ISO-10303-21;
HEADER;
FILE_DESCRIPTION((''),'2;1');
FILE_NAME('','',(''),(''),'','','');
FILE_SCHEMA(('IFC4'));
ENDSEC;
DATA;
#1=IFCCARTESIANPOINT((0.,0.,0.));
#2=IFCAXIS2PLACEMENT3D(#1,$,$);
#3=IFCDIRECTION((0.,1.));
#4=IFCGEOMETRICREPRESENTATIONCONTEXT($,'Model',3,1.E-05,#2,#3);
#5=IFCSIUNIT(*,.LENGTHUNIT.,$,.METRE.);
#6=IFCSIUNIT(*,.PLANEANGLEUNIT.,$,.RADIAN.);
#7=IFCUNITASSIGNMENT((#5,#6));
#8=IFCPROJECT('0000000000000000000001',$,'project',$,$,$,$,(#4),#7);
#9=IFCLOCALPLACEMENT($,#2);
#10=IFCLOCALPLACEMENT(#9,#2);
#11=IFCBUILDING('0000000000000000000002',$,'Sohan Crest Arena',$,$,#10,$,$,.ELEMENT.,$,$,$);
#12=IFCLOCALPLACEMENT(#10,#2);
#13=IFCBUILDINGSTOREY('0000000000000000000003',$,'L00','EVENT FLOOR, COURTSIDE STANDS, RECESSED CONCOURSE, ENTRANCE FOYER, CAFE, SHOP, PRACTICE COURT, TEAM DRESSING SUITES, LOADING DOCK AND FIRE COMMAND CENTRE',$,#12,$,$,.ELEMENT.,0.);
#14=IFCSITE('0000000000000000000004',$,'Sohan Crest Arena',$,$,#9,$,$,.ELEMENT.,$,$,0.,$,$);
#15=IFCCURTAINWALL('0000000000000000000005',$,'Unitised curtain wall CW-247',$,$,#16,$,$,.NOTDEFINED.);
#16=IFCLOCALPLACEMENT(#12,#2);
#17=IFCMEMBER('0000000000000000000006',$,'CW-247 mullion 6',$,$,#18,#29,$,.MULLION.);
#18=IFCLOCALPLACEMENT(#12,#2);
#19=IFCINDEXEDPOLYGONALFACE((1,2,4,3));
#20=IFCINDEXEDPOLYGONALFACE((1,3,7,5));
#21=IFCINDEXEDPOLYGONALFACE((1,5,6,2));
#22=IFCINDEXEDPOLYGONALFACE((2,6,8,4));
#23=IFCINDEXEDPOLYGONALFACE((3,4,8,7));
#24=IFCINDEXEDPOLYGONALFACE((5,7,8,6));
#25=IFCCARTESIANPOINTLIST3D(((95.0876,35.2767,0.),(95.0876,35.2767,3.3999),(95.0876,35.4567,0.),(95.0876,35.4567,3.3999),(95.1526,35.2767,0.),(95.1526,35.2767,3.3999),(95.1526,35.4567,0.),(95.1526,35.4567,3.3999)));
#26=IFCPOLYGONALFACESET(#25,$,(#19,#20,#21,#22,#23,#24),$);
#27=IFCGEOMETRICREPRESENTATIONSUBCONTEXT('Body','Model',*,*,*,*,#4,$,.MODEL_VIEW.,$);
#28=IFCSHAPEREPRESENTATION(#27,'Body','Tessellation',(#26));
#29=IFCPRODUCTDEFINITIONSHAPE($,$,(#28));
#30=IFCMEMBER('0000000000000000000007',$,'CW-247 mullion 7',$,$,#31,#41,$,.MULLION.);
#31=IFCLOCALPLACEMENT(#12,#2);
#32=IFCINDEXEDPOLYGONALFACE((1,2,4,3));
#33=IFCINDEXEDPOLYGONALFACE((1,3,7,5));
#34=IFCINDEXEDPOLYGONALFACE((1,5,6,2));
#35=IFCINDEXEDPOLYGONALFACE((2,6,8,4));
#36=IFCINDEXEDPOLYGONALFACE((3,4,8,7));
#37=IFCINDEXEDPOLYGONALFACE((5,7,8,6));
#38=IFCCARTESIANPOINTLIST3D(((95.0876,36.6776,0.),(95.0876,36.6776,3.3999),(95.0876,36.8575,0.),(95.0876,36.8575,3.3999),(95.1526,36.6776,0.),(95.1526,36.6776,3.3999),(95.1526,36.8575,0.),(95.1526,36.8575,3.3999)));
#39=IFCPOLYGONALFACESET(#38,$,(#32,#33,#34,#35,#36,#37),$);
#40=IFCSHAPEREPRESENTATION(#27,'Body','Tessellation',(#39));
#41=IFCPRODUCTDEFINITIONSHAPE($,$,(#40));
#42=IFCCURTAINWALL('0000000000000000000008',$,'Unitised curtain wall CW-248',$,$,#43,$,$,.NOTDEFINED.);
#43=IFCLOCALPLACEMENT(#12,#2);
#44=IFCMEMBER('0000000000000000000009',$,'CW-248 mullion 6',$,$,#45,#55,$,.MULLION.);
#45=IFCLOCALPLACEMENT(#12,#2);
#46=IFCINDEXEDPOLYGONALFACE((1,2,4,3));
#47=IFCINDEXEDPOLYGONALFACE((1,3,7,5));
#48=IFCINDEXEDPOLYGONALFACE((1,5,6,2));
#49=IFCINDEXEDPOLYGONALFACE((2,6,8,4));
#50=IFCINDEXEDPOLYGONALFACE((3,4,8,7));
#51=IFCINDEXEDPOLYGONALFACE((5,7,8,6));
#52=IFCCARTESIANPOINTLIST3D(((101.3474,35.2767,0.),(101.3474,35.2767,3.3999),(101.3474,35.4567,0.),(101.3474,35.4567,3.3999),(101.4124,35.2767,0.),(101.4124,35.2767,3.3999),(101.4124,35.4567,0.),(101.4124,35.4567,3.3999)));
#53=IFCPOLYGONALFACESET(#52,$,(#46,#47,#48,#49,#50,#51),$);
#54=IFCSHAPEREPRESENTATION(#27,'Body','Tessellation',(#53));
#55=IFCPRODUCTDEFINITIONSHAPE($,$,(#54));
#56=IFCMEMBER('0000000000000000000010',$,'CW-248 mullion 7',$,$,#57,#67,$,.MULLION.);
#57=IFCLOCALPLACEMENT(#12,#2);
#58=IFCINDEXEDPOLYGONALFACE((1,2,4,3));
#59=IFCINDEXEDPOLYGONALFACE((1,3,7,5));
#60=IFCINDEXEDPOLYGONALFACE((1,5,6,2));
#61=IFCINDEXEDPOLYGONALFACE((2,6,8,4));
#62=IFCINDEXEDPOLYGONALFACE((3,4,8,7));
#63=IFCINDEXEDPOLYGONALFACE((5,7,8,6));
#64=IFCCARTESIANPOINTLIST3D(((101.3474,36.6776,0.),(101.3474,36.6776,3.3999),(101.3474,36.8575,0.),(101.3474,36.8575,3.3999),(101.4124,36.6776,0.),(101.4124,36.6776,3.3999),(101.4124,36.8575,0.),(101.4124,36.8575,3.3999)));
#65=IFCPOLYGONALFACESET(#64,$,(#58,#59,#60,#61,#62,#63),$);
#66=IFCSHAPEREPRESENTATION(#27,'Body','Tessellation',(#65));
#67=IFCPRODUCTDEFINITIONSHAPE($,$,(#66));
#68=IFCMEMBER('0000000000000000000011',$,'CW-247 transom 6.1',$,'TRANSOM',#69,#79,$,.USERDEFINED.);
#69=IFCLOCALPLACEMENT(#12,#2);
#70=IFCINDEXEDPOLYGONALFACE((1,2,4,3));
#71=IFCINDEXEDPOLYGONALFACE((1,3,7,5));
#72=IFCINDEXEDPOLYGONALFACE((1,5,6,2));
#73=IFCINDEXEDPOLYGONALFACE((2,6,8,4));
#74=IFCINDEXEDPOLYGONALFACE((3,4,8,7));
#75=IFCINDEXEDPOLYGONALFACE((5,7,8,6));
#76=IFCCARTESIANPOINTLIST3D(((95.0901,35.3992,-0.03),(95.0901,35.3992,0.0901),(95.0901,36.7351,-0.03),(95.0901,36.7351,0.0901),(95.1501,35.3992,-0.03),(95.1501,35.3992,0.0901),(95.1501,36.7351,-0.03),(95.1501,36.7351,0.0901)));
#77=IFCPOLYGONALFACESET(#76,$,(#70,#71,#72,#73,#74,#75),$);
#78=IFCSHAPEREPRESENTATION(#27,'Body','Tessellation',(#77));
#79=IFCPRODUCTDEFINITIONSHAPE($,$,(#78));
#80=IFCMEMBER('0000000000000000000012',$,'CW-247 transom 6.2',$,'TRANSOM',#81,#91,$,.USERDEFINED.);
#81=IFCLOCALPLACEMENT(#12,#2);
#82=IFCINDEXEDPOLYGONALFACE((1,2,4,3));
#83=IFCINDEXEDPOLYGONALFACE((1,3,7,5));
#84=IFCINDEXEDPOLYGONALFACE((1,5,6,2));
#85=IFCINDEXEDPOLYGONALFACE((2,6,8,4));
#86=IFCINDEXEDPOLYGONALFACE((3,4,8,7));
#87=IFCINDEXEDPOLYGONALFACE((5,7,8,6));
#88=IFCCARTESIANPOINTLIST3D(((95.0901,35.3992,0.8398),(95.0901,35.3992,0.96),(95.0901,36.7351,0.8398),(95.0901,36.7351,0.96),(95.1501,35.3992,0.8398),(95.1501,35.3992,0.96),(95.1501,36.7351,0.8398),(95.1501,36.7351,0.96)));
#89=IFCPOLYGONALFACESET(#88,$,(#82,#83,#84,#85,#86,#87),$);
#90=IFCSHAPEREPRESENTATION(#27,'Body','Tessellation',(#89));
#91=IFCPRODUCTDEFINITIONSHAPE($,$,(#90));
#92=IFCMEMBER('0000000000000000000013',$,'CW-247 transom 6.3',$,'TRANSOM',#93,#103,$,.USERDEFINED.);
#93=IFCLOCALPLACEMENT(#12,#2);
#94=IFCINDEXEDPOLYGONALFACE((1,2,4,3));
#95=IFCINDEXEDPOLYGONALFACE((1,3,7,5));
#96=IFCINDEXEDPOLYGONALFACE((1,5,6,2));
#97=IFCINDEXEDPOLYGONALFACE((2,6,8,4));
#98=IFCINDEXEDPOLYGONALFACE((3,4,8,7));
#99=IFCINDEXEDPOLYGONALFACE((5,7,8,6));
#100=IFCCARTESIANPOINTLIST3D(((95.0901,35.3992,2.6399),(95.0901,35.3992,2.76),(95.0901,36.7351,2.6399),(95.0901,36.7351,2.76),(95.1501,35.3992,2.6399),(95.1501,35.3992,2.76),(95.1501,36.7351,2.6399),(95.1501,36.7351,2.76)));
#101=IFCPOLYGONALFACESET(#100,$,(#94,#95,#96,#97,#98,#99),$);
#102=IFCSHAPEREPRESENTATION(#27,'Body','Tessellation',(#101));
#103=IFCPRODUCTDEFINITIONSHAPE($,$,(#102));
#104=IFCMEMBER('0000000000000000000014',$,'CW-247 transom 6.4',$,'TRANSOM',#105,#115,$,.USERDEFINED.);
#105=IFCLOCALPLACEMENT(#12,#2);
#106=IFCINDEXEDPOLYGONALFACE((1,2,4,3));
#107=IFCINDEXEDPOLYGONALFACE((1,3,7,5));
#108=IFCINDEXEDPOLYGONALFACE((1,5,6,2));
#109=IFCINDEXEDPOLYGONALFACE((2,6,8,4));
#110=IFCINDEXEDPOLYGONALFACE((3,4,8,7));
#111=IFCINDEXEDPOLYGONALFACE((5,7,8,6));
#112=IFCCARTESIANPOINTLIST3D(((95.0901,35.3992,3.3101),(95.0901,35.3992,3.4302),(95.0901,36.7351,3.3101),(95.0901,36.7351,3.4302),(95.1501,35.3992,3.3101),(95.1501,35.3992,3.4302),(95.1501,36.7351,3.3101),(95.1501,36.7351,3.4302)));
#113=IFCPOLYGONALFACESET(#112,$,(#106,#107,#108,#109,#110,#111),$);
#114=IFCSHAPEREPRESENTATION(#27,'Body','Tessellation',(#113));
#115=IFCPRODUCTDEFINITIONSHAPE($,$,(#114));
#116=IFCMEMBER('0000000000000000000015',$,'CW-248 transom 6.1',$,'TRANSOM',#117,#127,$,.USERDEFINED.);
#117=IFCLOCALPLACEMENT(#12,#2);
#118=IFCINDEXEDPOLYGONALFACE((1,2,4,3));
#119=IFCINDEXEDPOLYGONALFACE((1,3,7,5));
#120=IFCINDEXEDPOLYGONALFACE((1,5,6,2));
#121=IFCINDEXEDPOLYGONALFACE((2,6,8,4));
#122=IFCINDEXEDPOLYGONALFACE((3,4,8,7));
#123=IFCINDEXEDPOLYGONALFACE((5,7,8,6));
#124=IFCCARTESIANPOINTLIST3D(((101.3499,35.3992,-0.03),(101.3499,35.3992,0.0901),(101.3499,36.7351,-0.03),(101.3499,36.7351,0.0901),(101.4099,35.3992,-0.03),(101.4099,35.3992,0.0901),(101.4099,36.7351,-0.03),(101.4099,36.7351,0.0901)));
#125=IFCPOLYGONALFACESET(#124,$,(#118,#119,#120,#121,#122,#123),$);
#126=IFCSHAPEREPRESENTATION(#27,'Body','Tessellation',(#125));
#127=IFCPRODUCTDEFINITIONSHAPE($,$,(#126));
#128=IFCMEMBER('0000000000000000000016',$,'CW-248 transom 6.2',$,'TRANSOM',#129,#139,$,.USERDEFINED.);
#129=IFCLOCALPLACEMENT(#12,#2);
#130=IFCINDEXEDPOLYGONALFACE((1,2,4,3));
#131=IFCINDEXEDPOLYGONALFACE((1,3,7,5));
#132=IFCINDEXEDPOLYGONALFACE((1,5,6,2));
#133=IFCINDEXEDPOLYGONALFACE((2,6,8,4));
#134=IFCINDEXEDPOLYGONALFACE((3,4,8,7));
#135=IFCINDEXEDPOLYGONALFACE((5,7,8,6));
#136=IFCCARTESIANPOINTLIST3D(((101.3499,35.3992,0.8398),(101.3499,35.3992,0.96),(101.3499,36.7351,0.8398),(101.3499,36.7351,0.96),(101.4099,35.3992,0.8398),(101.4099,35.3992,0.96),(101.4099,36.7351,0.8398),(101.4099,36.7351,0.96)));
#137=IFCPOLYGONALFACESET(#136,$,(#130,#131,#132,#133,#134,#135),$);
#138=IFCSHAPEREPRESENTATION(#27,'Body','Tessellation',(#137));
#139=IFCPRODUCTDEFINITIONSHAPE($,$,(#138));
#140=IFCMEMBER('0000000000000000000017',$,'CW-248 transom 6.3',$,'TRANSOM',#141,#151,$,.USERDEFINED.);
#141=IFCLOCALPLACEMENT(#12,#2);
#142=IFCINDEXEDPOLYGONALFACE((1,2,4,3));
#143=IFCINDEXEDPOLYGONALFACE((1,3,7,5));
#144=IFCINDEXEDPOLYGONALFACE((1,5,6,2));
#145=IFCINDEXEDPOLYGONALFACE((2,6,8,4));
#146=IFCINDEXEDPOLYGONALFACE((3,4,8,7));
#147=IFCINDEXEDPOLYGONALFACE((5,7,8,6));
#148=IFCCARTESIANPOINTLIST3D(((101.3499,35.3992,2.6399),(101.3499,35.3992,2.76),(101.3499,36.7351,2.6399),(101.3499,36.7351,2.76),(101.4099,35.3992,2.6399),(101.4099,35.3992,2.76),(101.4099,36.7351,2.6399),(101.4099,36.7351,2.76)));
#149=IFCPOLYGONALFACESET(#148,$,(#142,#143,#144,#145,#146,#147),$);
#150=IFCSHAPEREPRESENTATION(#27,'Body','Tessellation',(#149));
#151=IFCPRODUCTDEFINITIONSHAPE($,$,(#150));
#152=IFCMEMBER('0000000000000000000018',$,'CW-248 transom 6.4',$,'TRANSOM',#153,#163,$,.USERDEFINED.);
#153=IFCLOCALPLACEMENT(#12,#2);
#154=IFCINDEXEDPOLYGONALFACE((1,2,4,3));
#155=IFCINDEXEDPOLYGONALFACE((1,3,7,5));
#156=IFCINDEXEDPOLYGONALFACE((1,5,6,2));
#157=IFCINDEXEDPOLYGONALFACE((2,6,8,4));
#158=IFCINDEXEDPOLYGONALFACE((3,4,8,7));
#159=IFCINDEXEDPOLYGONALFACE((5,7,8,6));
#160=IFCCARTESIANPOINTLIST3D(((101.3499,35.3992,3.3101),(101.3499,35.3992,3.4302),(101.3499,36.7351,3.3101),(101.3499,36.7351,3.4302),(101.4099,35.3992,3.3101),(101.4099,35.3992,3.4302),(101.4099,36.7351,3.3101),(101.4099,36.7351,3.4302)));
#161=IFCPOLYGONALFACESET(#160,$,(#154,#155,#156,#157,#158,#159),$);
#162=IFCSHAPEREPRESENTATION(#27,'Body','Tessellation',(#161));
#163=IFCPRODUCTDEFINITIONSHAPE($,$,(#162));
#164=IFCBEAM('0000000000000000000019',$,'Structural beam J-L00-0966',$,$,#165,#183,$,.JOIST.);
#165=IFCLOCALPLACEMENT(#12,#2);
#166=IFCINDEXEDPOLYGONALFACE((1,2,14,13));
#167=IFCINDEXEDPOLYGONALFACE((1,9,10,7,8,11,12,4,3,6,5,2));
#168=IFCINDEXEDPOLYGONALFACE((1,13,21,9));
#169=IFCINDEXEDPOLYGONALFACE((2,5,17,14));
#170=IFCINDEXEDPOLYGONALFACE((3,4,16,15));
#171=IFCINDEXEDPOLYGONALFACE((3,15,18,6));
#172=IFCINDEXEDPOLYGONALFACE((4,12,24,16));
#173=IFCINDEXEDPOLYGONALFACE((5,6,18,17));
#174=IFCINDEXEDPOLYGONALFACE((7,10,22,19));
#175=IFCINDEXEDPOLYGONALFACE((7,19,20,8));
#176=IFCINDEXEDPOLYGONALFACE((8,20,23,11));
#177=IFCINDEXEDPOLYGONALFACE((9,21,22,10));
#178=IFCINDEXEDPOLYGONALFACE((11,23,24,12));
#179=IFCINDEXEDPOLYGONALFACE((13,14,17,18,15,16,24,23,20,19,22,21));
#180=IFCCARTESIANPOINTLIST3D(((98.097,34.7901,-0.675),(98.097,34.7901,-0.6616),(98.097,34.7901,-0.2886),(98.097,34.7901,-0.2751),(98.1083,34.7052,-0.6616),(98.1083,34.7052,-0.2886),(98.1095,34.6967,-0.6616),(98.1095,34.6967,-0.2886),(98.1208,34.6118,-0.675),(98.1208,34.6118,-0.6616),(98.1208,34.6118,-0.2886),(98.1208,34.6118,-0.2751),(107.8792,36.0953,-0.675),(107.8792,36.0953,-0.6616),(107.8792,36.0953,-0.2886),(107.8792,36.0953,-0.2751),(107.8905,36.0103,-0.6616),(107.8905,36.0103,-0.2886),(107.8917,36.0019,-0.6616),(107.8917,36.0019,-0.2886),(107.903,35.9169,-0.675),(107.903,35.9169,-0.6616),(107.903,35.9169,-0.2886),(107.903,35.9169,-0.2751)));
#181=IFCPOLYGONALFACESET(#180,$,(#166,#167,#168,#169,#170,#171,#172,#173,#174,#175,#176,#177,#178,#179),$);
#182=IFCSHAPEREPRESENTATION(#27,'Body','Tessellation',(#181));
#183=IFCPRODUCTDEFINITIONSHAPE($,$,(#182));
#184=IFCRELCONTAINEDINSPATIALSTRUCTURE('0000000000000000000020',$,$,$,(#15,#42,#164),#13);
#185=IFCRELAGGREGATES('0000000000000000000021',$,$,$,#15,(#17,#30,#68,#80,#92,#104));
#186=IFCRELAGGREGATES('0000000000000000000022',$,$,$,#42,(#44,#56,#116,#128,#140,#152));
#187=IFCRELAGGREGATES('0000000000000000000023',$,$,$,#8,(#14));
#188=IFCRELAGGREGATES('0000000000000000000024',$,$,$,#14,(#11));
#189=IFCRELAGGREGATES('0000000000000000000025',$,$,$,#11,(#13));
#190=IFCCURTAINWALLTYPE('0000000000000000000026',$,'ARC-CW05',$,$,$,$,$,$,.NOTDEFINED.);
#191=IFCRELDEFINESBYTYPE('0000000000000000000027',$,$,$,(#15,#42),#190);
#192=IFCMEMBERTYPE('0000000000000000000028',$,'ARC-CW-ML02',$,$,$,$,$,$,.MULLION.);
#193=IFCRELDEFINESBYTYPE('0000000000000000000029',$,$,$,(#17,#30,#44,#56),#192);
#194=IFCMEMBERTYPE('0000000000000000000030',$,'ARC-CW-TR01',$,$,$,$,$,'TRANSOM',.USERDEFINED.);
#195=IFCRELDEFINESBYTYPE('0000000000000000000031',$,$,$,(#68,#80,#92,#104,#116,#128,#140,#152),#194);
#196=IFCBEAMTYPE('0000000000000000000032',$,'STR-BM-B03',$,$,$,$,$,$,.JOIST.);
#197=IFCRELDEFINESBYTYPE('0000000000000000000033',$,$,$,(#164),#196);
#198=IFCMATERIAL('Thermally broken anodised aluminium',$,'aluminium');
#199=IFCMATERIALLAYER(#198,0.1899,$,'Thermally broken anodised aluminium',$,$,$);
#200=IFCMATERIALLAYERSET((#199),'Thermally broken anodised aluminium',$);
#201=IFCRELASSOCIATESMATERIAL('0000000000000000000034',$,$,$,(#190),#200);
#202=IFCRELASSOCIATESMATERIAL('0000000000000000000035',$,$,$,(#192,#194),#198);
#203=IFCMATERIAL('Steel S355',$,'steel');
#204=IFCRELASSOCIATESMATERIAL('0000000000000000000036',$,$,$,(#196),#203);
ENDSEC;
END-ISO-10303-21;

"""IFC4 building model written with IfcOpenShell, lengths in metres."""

from ifc_helpers import new_model, si_unit, direction, frame, origin, origin_2d, place, context, subcontext, project, spatial, rectangle, i_section, extrude, material, layer, layer_set, material_profile, profile_set, type_object, element, aggregate, save


model = new_model("IFC4")

# Units and contexts
model_context = context("Model", 3, precision=1e-05, world=origin(), true_north=direction((0.0, 1.0)))
body_context = subcontext(model_context, "Body", "Model", "MODEL_VIEW")
ifc_project = project(units=[si_unit("LENGTHUNIT", "METRE"), si_unit("PLANEANGLEUNIT", "RADIAN")], contexts=[model_context])

# Site, building, storey
site_placement = place(None, origin())
site = spatial("IfcSite", under=ifc_project, at=site_placement, Name="Sohan Crest Arena", CompositionType="ELEMENT", RefElevation=0.0)
building_placement = place(site_placement, origin())
building = spatial("IfcBuilding", under=site, at=building_placement, Name="Sohan Crest Arena", CompositionType="ELEMENT")
storey_placement = place(building_placement, origin())
storey = spatial("IfcBuildingStorey", under=building, at=storey_placement, Name="L00", Description="EVENT FLOOR, COURTSIDE STANDS, RECESSED CONCOURSE, ENTRANCE FOYER, CAFE, SHOP, PRACTICE COURT, TEAM DRESSING SUITES, LOADING DOCK AND FIRE COMMAND CENTRE", CompositionType="ELEMENT", Elevation=0.0)

# Curtain walls, members
ifc_material_1 = material(Name="Thermally broken anodised aluminium", Category="aluminium")
ifc_layer_1 = layer(ifc_material_1, 0.1899, Name="Thermally broken anodised aluminium")
ifc_layer_set_1 = layer_set([ifc_layer_1], Name="Thermally broken anodised aluminium")
curtain_wall_type = type_object("IfcCurtainWallType", Name="ARC-CW05", PredefinedType="NOTDEFINED", material=ifc_layer_set_1)
curtain_wall_1_placement = place(storey_placement, origin())
curtain_wall_1 = element("IfcCurtainWall", 1, at=curtain_wall_1_placement, inside=storey, type_object=curtain_wall_type, Name="Unitised curtain wall CW-247", PredefinedType="NOTDEFINED")
ifc_material_profile_1 = material_profile(ifc_material_1, rectangle(XDim=0.0649, YDim=0.1799, at=origin_2d()), Name="ALU-MULL 65x180")
ifc_profile_set_1 = profile_set([ifc_material_profile_1], Name="Thermally broken anodised aluminium")
member_type_1 = type_object("IfcMemberType", Name="ARC-CW-ML02", PredefinedType="MULLION", material=ifc_profile_set_1)
member_1_placement = place(storey_placement, frame((95.1201, 35.3667, 0.0), z_axis=(0.0, 0.0, 1.0), x_axis=(-1.0, 0.0, 0.0)))
member_1 = element("IfcMember", 2, at=member_1_placement, type_object=member_type_1, Name="CW-247 mullion 6", PredefinedType="MULLION", context=body_context, shape_type="SweptSolid", body=[
    extrude(rectangle(XDim=0.0649, YDim=0.1799, at=origin_2d()), origin(), (0.0, 0.0, 1.0), 3.3999),
])
member_2_placement = place(storey_placement, frame((95.1201, 36.7676, 0.0), z_axis=(0.0, 0.0, 1.0), x_axis=(-1.0, 0.0, 0.0)))
member_2 = element("IfcMember", 3, at=member_2_placement, type_object=member_type_1, Name="CW-247 mullion 7", PredefinedType="MULLION", context=body_context, shape_type="SweptSolid", body=[
    extrude(rectangle(XDim=0.0649, YDim=0.1799, at=origin_2d()), origin(), (0.0, 0.0, 1.0), 3.3999),
])
curtain_wall_2_placement = place(storey_placement, origin())
curtain_wall_2 = element("IfcCurtainWall", 4, at=curtain_wall_2_placement, inside=storey, type_object=curtain_wall_type, Name="Unitised curtain wall CW-248", PredefinedType="NOTDEFINED")
member_3_placement = place(storey_placement, frame((101.3799, 35.3667, 0.0), z_axis=(0.0, 0.0, 1.0), x_axis=(-1.0, 0.0, 0.0)))
member_3 = element("IfcMember", 5, at=member_3_placement, type_object=member_type_1, Name="CW-248 mullion 6", PredefinedType="MULLION", context=body_context, shape_type="SweptSolid", body=[
    extrude(rectangle(XDim=0.0649, YDim=0.1799, at=origin_2d()), origin(), (0.0, 0.0, 1.0), 3.3999),
])
member_4_placement = place(storey_placement, frame((101.3799, 36.7676, 0.0), z_axis=(0.0, 0.0, 1.0), x_axis=(-1.0, 0.0, 0.0)))
member_4 = element("IfcMember", 6, at=member_4_placement, type_object=member_type_1, Name="CW-248 mullion 7", PredefinedType="MULLION", context=body_context, shape_type="SweptSolid", body=[
    extrude(rectangle(XDim=0.0649, YDim=0.1799, at=origin_2d()), origin(), (0.0, 0.0, 1.0), 3.3999),
])

# Members
ifc_material_profile_2 = material_profile(ifc_material_1, rectangle(XDim=0.0601, YDim=0.1201, at=origin_2d()), Name="ALU-TRAN 60x120")
ifc_profile_set_2 = profile_set([ifc_material_profile_2], Name="Thermally broken anodised aluminium")
member_type_2 = type_object("IfcMemberType", Name="ARC-CW-TR01", ElementType="TRANSOM", PredefinedType="USERDEFINED", material=ifc_profile_set_2)
member_5_placement = place(storey_placement, frame((95.1201, 35.3992, 0.03), z_axis=(0.0, 1.0, 0.0), x_axis=(-1.0, 0.0, 0.0)))
member_5 = element("IfcMember", 7, at=member_5_placement, type_object=member_type_2, Name="CW-247 transom 6.1", ObjectType="TRANSOM", PredefinedType="USERDEFINED", context=body_context, shape_type="SweptSolid", body=[
    extrude(rectangle(XDim=0.0601, YDim=0.1201, at=origin_2d()), origin(), (0.0, 0.0, 1.0), 1.3359),
])
member_6_placement = place(storey_placement, frame((95.1201, 35.3992, 0.8999), z_axis=(0.0, 1.0, 0.0), x_axis=(-1.0, 0.0, 0.0)))
member_6 = element("IfcMember", 8, at=member_6_placement, type_object=member_type_2, Name="CW-247 transom 6.2", ObjectType="TRANSOM", PredefinedType="USERDEFINED", context=body_context, shape_type="SweptSolid", body=[
    extrude(rectangle(XDim=0.0601, YDim=0.1201, at=origin_2d()), origin(), (0.0, 0.0, 1.0), 1.3359),
])
member_7_placement = place(storey_placement, frame((95.1201, 35.3992, 2.7), z_axis=(0.0, 1.0, 0.0), x_axis=(-1.0, 0.0, 0.0)))
member_7 = element("IfcMember", 9, at=member_7_placement, type_object=member_type_2, Name="CW-247 transom 6.3", ObjectType="TRANSOM", PredefinedType="USERDEFINED", context=body_context, shape_type="SweptSolid", body=[
    extrude(rectangle(XDim=0.0601, YDim=0.1201, at=origin_2d()), origin(), (0.0, 0.0, 1.0), 1.3359),
])
member_8_placement = place(storey_placement, frame((95.1201, 35.3992, 3.3701), z_axis=(0.0, 1.0, 0.0), x_axis=(-1.0, 0.0, 0.0)))
member_8 = element("IfcMember", 10, at=member_8_placement, type_object=member_type_2, Name="CW-247 transom 6.4", ObjectType="TRANSOM", PredefinedType="USERDEFINED", context=body_context, shape_type="SweptSolid", body=[
    extrude(rectangle(XDim=0.0601, YDim=0.1201, at=origin_2d()), origin(), (0.0, 0.0, 1.0), 1.3359),
])
member_9_placement = place(storey_placement, frame((101.3799, 35.3992, 0.03), z_axis=(0.0, 1.0, 0.0), x_axis=(-1.0, 0.0, 0.0)))
member_9 = element("IfcMember", 11, at=member_9_placement, type_object=member_type_2, Name="CW-248 transom 6.1", ObjectType="TRANSOM", PredefinedType="USERDEFINED", context=body_context, shape_type="SweptSolid", body=[
    extrude(rectangle(XDim=0.0601, YDim=0.1201, at=origin_2d()), origin(), (0.0, 0.0, 1.0), 1.3359),
])
member_10_placement = place(storey_placement, frame((101.3799, 35.3992, 0.8999), z_axis=(0.0, 1.0, 0.0), x_axis=(-1.0, 0.0, 0.0)))
member_10 = element("IfcMember", 12, at=member_10_placement, type_object=member_type_2, Name="CW-248 transom 6.2", ObjectType="TRANSOM", PredefinedType="USERDEFINED", context=body_context, shape_type="SweptSolid", body=[
    extrude(rectangle(XDim=0.0601, YDim=0.1201, at=origin_2d()), origin(), (0.0, 0.0, 1.0), 1.3359),
])
member_11_placement = place(storey_placement, frame((101.3799, 35.3992, 2.7), z_axis=(0.0, 1.0, 0.0), x_axis=(-1.0, 0.0, 0.0)))
member_11 = element("IfcMember", 13, at=member_11_placement, type_object=member_type_2, Name="CW-248 transom 6.3", ObjectType="TRANSOM", PredefinedType="USERDEFINED", context=body_context, shape_type="SweptSolid", body=[
    extrude(rectangle(XDim=0.0601, YDim=0.1201, at=origin_2d()), origin(), (0.0, 0.0, 1.0), 1.3359),
])
member_12_placement = place(storey_placement, frame((101.3799, 35.3992, 3.3701), z_axis=(0.0, 1.0, 0.0), x_axis=(-1.0, 0.0, 0.0)))
member_12 = element("IfcMember", 14, at=member_12_placement, type_object=member_type_2, Name="CW-248 transom 6.4", ObjectType="TRANSOM", PredefinedType="USERDEFINED", context=body_context, shape_type="SweptSolid", body=[
    extrude(rectangle(XDim=0.0601, YDim=0.1201, at=origin_2d()), origin(), (0.0, 0.0, 1.0), 1.3359),
])

# Beam
ifc_material_2 = material(Name="Steel S355", Category="steel")
ifc_material_profile_3 = material_profile(ifc_material_2, i_section(OverallWidth=0.1799, OverallDepth=0.3999, WebThickness=0.0085, FlangeThickness=0.0134, at=origin_2d()), Name="IPE 400")
ifc_profile_set_3 = profile_set([ifc_material_profile_3], Name="Steel S355")
beam_type = type_object("IfcBeamType", Name="STR-BM-B03", PredefinedType="JOIST", material=ifc_profile_set_3)
beam_placement = place(storey_placement, frame((98.1089, 34.7009, -0.4751), z_axis=(0.991216, 0.132251, 0.0), x_axis=(-0.132251, 0.991216, 0.0)))
element("IfcBeam", 15, at=beam_placement, inside=storey, type_object=beam_type, Name="Structural beam J-L00-0966", PredefinedType="JOIST", context=body_context, shape_type="SweptSolid", body=[
    extrude(i_section(OverallWidth=0.1799, OverallDepth=0.3999, WebThickness=0.0085, FlangeThickness=0.0134, at=origin_2d()), origin(), (0.0, 0.0, 1.0), 9.8689),
])

aggregate(curtain_wall_1, [member_1, member_2, member_5, member_6, member_7, member_8])
aggregate(curtain_wall_2, [member_3, member_4, member_9, member_10, member_11, member_12])

save(model, "model.ifc")
